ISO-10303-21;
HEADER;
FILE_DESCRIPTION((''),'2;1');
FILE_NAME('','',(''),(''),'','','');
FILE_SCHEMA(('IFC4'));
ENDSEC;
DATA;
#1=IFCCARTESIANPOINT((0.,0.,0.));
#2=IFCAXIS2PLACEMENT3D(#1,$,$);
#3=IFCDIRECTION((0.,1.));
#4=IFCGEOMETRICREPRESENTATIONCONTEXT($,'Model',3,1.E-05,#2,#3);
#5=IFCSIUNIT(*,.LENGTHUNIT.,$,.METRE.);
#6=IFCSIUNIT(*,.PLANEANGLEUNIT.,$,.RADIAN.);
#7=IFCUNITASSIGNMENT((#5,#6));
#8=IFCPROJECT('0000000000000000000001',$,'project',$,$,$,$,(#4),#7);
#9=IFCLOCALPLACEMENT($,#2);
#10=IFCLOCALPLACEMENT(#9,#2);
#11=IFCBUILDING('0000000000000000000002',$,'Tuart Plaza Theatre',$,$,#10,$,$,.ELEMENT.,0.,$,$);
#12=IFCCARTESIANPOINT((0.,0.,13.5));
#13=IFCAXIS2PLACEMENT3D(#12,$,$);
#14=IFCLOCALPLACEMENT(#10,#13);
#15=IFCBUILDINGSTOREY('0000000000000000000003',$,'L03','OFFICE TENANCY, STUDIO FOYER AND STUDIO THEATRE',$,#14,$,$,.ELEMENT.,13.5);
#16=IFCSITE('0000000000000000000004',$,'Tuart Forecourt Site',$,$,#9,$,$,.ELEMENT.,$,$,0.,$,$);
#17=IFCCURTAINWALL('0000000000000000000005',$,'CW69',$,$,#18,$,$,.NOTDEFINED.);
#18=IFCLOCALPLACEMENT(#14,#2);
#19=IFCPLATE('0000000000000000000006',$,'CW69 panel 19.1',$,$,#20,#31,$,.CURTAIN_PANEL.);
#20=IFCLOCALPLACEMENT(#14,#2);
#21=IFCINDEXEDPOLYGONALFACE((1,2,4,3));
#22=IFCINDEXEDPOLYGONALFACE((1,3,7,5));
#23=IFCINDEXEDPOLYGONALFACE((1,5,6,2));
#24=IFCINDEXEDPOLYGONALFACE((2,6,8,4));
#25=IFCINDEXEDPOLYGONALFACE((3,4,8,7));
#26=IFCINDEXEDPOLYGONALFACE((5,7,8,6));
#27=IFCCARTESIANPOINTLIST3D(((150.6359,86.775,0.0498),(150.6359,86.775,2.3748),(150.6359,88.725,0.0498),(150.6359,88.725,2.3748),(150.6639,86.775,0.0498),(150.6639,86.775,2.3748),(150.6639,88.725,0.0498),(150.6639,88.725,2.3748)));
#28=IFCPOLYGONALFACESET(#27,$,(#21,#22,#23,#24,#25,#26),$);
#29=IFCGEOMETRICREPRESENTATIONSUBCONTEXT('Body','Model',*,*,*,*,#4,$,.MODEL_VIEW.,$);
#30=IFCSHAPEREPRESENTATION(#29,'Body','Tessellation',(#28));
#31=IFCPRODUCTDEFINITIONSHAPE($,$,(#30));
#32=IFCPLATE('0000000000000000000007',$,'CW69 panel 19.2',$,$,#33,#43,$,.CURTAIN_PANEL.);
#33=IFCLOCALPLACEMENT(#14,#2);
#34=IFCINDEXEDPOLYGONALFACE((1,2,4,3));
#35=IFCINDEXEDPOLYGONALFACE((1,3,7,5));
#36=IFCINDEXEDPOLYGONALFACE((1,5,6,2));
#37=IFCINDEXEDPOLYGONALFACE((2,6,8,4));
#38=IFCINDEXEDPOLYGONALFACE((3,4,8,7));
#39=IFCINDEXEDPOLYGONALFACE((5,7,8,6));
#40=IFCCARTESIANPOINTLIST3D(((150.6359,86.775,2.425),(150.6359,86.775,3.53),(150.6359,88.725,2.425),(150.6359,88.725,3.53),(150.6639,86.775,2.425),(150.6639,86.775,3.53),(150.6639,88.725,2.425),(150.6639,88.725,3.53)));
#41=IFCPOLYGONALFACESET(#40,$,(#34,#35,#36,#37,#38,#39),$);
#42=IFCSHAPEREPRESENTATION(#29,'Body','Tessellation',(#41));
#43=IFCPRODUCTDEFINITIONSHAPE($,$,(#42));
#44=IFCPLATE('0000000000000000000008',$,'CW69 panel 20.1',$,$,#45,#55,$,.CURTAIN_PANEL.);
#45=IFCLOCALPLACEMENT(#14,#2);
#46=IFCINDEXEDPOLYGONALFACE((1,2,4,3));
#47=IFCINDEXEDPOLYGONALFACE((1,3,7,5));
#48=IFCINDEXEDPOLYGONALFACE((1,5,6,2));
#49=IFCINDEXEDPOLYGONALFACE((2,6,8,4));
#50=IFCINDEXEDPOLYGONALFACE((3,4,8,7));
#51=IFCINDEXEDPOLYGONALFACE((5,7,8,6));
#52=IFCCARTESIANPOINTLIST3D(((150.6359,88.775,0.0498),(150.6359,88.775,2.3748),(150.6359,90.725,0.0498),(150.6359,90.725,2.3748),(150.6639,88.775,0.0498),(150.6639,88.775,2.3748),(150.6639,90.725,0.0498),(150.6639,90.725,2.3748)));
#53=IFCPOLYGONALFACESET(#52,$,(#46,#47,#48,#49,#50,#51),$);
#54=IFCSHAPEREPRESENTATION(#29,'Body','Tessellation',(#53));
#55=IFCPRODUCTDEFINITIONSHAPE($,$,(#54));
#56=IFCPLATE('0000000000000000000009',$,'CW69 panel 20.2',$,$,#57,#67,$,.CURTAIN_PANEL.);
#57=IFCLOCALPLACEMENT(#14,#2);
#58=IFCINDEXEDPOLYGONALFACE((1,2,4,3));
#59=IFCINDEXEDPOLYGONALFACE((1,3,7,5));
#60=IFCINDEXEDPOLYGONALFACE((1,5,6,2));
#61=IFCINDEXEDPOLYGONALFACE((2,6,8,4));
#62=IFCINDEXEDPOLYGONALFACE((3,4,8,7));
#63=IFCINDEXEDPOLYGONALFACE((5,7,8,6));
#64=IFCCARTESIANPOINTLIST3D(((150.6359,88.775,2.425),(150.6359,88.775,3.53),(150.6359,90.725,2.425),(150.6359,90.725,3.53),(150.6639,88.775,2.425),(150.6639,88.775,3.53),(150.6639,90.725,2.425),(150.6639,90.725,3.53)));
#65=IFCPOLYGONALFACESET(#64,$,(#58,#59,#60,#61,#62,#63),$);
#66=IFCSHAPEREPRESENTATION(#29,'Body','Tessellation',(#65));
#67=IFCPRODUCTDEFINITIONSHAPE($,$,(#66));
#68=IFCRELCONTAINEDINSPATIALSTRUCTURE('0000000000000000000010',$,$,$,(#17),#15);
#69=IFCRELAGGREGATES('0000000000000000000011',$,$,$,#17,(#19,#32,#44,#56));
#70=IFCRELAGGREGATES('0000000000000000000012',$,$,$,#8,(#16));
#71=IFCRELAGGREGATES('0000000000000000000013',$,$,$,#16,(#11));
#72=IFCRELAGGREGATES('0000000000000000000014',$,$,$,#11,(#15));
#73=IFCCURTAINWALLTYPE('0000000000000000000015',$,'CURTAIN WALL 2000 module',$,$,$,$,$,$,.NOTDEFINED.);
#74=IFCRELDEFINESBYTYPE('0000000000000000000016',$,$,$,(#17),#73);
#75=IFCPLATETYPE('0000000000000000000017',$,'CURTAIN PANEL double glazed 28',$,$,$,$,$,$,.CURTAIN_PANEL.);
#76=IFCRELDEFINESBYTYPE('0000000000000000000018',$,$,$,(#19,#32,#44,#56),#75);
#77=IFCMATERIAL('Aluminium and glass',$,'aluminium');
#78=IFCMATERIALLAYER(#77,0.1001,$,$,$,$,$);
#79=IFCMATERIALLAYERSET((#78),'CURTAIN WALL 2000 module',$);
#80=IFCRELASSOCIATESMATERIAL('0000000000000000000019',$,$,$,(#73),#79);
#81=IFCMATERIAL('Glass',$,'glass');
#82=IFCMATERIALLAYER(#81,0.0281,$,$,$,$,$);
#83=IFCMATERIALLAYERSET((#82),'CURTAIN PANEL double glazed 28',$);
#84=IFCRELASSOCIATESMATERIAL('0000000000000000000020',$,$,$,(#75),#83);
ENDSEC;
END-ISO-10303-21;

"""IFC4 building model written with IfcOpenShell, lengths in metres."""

from ifc_helpers import new_model, si_unit, direction, frame, origin, origin_2d, place, context, subcontext, project, spatial, rectangle, extrude, material, layer, layer_set, type_object, element, aggregate, save


model = new_model("IFC4")

# Units and contexts
model_context = context("Model", 3, precision=1e-05, world=origin(), true_north=direction((0.0, 1.0)))
body_context = subcontext(model_context, "Body", "Model", "MODEL_VIEW")
ifc_project = project(units=[si_unit("LENGTHUNIT", "METRE"), si_unit("PLANEANGLEUNIT", "RADIAN")], contexts=[model_context])

# Site, building, storey
site_placement = place(None, origin())
site = spatial("IfcSite", under=ifc_project, at=site_placement, Name="Tuart Forecourt Site", CompositionType="ELEMENT", RefElevation=0.0)
building_placement = place(site_placement, origin())
building = spatial("IfcBuilding", under=site, at=building_placement, Name="Tuart Plaza Theatre", CompositionType="ELEMENT", ElevationOfRefHeight=0.0)
storey_placement = place(building_placement, frame((0.0, 0.0, 13.5)))
storey = spatial("IfcBuildingStorey", under=building, at=storey_placement, Name="L03", Description="OFFICE TENANCY, STUDIO FOYER AND STUDIO THEATRE", CompositionType="ELEMENT", Elevation=13.5)

# Curtain wall, plates
ifc_material_1 = material(Name="Aluminium and glass", Category="aluminium")
ifc_layer_1 = layer(ifc_material_1, 0.1001)
ifc_layer_set_1 = layer_set([ifc_layer_1], Name="CURTAIN WALL 2000 module")
curtain_wall_type = type_object("IfcCurtainWallType", Name="CURTAIN WALL 2000 module", PredefinedType="NOTDEFINED", material=ifc_layer_set_1)
curtain_wall_placement = place(storey_placement, origin())
curtain_wall = element("IfcCurtainWall", 1, at=curtain_wall_placement, inside=storey, type_object=curtain_wall_type, Name="CW69", PredefinedType="NOTDEFINED")
ifc_material_2 = material(Name="Glass", Category="glass")
ifc_layer_2 = layer(ifc_material_2, 0.0281)
ifc_layer_set_2 = layer_set([ifc_layer_2], Name="CURTAIN PANEL double glazed 28")
plate_type = type_object("IfcPlateType", Name="CURTAIN PANEL double glazed 28", PredefinedType="CURTAIN_PANEL", material=ifc_layer_set_2)
plate_1_placement = place(storey_placement, frame((150.6499, 87.75, 0.0498), z_axis=(0.0, 0.0, 1.0), x_axis=(0.0, 1.0, 0.0)))
plate_1 = element("IfcPlate", 2, at=plate_1_placement, type_object=plate_type, Name="CW69 panel 19.1", PredefinedType="CURTAIN_PANEL", context=body_context, shape_type="SweptSolid", body=[
    extrude(rectangle(XDim=1.95, YDim=0.0281, at=origin_2d()), origin(), (0.0, 0.0, 1.0), 2.325),
])
plate_2_placement = place(storey_placement, frame((150.6499, 87.75, 2.425), z_axis=(0.0, 0.0, 1.0), x_axis=(0.0, 1.0, 0.0)))
plate_2 = element("IfcPlate", 3, at=plate_2_placement, type_object=plate_type, Name="CW69 panel 19.2", PredefinedType="CURTAIN_PANEL", context=body_context, shape_type="SweptSolid", body=[
    extrude(rectangle(XDim=1.95, YDim=0.0281, at=origin_2d()), origin(), (0.0, 0.0, 1.0), 1.105),
])
plate_3_placement = place(storey_placement, frame((150.6499, 89.75, 0.0498), z_axis=(0.0, 0.0, 1.0), x_axis=(0.0, 1.0, 0.0)))
plate_3 = element("IfcPlate", 4, at=plate_3_placement, type_object=plate_type, Name="CW69 panel 20.1", PredefinedType="CURTAIN_PANEL", context=body_context, shape_type="SweptSolid", body=[
    extrude(rectangle(XDim=1.95, YDim=0.0281, at=origin_2d()), origin(), (0.0, 0.0, 1.0), 2.325),
])
plate_4_placement = place(storey_placement, frame((150.6499, 89.75, 2.425), z_axis=(0.0, 0.0, 1.0), x_axis=(0.0, 1.0, 0.0)))
plate_4 = element("IfcPlate", 5, at=plate_4_placement, type_object=plate_type, Name="CW69 panel 20.2", PredefinedType="CURTAIN_PANEL", context=body_context, shape_type="SweptSolid", body=[
    extrude(rectangle(XDim=1.95, YDim=0.0281, at=origin_2d()), origin(), (0.0, 0.0, 1.0), 1.105),
])
aggregate(curtain_wall, [plate_1, plate_2, plate_3, plate_4])

save(model, "model.ifc")
